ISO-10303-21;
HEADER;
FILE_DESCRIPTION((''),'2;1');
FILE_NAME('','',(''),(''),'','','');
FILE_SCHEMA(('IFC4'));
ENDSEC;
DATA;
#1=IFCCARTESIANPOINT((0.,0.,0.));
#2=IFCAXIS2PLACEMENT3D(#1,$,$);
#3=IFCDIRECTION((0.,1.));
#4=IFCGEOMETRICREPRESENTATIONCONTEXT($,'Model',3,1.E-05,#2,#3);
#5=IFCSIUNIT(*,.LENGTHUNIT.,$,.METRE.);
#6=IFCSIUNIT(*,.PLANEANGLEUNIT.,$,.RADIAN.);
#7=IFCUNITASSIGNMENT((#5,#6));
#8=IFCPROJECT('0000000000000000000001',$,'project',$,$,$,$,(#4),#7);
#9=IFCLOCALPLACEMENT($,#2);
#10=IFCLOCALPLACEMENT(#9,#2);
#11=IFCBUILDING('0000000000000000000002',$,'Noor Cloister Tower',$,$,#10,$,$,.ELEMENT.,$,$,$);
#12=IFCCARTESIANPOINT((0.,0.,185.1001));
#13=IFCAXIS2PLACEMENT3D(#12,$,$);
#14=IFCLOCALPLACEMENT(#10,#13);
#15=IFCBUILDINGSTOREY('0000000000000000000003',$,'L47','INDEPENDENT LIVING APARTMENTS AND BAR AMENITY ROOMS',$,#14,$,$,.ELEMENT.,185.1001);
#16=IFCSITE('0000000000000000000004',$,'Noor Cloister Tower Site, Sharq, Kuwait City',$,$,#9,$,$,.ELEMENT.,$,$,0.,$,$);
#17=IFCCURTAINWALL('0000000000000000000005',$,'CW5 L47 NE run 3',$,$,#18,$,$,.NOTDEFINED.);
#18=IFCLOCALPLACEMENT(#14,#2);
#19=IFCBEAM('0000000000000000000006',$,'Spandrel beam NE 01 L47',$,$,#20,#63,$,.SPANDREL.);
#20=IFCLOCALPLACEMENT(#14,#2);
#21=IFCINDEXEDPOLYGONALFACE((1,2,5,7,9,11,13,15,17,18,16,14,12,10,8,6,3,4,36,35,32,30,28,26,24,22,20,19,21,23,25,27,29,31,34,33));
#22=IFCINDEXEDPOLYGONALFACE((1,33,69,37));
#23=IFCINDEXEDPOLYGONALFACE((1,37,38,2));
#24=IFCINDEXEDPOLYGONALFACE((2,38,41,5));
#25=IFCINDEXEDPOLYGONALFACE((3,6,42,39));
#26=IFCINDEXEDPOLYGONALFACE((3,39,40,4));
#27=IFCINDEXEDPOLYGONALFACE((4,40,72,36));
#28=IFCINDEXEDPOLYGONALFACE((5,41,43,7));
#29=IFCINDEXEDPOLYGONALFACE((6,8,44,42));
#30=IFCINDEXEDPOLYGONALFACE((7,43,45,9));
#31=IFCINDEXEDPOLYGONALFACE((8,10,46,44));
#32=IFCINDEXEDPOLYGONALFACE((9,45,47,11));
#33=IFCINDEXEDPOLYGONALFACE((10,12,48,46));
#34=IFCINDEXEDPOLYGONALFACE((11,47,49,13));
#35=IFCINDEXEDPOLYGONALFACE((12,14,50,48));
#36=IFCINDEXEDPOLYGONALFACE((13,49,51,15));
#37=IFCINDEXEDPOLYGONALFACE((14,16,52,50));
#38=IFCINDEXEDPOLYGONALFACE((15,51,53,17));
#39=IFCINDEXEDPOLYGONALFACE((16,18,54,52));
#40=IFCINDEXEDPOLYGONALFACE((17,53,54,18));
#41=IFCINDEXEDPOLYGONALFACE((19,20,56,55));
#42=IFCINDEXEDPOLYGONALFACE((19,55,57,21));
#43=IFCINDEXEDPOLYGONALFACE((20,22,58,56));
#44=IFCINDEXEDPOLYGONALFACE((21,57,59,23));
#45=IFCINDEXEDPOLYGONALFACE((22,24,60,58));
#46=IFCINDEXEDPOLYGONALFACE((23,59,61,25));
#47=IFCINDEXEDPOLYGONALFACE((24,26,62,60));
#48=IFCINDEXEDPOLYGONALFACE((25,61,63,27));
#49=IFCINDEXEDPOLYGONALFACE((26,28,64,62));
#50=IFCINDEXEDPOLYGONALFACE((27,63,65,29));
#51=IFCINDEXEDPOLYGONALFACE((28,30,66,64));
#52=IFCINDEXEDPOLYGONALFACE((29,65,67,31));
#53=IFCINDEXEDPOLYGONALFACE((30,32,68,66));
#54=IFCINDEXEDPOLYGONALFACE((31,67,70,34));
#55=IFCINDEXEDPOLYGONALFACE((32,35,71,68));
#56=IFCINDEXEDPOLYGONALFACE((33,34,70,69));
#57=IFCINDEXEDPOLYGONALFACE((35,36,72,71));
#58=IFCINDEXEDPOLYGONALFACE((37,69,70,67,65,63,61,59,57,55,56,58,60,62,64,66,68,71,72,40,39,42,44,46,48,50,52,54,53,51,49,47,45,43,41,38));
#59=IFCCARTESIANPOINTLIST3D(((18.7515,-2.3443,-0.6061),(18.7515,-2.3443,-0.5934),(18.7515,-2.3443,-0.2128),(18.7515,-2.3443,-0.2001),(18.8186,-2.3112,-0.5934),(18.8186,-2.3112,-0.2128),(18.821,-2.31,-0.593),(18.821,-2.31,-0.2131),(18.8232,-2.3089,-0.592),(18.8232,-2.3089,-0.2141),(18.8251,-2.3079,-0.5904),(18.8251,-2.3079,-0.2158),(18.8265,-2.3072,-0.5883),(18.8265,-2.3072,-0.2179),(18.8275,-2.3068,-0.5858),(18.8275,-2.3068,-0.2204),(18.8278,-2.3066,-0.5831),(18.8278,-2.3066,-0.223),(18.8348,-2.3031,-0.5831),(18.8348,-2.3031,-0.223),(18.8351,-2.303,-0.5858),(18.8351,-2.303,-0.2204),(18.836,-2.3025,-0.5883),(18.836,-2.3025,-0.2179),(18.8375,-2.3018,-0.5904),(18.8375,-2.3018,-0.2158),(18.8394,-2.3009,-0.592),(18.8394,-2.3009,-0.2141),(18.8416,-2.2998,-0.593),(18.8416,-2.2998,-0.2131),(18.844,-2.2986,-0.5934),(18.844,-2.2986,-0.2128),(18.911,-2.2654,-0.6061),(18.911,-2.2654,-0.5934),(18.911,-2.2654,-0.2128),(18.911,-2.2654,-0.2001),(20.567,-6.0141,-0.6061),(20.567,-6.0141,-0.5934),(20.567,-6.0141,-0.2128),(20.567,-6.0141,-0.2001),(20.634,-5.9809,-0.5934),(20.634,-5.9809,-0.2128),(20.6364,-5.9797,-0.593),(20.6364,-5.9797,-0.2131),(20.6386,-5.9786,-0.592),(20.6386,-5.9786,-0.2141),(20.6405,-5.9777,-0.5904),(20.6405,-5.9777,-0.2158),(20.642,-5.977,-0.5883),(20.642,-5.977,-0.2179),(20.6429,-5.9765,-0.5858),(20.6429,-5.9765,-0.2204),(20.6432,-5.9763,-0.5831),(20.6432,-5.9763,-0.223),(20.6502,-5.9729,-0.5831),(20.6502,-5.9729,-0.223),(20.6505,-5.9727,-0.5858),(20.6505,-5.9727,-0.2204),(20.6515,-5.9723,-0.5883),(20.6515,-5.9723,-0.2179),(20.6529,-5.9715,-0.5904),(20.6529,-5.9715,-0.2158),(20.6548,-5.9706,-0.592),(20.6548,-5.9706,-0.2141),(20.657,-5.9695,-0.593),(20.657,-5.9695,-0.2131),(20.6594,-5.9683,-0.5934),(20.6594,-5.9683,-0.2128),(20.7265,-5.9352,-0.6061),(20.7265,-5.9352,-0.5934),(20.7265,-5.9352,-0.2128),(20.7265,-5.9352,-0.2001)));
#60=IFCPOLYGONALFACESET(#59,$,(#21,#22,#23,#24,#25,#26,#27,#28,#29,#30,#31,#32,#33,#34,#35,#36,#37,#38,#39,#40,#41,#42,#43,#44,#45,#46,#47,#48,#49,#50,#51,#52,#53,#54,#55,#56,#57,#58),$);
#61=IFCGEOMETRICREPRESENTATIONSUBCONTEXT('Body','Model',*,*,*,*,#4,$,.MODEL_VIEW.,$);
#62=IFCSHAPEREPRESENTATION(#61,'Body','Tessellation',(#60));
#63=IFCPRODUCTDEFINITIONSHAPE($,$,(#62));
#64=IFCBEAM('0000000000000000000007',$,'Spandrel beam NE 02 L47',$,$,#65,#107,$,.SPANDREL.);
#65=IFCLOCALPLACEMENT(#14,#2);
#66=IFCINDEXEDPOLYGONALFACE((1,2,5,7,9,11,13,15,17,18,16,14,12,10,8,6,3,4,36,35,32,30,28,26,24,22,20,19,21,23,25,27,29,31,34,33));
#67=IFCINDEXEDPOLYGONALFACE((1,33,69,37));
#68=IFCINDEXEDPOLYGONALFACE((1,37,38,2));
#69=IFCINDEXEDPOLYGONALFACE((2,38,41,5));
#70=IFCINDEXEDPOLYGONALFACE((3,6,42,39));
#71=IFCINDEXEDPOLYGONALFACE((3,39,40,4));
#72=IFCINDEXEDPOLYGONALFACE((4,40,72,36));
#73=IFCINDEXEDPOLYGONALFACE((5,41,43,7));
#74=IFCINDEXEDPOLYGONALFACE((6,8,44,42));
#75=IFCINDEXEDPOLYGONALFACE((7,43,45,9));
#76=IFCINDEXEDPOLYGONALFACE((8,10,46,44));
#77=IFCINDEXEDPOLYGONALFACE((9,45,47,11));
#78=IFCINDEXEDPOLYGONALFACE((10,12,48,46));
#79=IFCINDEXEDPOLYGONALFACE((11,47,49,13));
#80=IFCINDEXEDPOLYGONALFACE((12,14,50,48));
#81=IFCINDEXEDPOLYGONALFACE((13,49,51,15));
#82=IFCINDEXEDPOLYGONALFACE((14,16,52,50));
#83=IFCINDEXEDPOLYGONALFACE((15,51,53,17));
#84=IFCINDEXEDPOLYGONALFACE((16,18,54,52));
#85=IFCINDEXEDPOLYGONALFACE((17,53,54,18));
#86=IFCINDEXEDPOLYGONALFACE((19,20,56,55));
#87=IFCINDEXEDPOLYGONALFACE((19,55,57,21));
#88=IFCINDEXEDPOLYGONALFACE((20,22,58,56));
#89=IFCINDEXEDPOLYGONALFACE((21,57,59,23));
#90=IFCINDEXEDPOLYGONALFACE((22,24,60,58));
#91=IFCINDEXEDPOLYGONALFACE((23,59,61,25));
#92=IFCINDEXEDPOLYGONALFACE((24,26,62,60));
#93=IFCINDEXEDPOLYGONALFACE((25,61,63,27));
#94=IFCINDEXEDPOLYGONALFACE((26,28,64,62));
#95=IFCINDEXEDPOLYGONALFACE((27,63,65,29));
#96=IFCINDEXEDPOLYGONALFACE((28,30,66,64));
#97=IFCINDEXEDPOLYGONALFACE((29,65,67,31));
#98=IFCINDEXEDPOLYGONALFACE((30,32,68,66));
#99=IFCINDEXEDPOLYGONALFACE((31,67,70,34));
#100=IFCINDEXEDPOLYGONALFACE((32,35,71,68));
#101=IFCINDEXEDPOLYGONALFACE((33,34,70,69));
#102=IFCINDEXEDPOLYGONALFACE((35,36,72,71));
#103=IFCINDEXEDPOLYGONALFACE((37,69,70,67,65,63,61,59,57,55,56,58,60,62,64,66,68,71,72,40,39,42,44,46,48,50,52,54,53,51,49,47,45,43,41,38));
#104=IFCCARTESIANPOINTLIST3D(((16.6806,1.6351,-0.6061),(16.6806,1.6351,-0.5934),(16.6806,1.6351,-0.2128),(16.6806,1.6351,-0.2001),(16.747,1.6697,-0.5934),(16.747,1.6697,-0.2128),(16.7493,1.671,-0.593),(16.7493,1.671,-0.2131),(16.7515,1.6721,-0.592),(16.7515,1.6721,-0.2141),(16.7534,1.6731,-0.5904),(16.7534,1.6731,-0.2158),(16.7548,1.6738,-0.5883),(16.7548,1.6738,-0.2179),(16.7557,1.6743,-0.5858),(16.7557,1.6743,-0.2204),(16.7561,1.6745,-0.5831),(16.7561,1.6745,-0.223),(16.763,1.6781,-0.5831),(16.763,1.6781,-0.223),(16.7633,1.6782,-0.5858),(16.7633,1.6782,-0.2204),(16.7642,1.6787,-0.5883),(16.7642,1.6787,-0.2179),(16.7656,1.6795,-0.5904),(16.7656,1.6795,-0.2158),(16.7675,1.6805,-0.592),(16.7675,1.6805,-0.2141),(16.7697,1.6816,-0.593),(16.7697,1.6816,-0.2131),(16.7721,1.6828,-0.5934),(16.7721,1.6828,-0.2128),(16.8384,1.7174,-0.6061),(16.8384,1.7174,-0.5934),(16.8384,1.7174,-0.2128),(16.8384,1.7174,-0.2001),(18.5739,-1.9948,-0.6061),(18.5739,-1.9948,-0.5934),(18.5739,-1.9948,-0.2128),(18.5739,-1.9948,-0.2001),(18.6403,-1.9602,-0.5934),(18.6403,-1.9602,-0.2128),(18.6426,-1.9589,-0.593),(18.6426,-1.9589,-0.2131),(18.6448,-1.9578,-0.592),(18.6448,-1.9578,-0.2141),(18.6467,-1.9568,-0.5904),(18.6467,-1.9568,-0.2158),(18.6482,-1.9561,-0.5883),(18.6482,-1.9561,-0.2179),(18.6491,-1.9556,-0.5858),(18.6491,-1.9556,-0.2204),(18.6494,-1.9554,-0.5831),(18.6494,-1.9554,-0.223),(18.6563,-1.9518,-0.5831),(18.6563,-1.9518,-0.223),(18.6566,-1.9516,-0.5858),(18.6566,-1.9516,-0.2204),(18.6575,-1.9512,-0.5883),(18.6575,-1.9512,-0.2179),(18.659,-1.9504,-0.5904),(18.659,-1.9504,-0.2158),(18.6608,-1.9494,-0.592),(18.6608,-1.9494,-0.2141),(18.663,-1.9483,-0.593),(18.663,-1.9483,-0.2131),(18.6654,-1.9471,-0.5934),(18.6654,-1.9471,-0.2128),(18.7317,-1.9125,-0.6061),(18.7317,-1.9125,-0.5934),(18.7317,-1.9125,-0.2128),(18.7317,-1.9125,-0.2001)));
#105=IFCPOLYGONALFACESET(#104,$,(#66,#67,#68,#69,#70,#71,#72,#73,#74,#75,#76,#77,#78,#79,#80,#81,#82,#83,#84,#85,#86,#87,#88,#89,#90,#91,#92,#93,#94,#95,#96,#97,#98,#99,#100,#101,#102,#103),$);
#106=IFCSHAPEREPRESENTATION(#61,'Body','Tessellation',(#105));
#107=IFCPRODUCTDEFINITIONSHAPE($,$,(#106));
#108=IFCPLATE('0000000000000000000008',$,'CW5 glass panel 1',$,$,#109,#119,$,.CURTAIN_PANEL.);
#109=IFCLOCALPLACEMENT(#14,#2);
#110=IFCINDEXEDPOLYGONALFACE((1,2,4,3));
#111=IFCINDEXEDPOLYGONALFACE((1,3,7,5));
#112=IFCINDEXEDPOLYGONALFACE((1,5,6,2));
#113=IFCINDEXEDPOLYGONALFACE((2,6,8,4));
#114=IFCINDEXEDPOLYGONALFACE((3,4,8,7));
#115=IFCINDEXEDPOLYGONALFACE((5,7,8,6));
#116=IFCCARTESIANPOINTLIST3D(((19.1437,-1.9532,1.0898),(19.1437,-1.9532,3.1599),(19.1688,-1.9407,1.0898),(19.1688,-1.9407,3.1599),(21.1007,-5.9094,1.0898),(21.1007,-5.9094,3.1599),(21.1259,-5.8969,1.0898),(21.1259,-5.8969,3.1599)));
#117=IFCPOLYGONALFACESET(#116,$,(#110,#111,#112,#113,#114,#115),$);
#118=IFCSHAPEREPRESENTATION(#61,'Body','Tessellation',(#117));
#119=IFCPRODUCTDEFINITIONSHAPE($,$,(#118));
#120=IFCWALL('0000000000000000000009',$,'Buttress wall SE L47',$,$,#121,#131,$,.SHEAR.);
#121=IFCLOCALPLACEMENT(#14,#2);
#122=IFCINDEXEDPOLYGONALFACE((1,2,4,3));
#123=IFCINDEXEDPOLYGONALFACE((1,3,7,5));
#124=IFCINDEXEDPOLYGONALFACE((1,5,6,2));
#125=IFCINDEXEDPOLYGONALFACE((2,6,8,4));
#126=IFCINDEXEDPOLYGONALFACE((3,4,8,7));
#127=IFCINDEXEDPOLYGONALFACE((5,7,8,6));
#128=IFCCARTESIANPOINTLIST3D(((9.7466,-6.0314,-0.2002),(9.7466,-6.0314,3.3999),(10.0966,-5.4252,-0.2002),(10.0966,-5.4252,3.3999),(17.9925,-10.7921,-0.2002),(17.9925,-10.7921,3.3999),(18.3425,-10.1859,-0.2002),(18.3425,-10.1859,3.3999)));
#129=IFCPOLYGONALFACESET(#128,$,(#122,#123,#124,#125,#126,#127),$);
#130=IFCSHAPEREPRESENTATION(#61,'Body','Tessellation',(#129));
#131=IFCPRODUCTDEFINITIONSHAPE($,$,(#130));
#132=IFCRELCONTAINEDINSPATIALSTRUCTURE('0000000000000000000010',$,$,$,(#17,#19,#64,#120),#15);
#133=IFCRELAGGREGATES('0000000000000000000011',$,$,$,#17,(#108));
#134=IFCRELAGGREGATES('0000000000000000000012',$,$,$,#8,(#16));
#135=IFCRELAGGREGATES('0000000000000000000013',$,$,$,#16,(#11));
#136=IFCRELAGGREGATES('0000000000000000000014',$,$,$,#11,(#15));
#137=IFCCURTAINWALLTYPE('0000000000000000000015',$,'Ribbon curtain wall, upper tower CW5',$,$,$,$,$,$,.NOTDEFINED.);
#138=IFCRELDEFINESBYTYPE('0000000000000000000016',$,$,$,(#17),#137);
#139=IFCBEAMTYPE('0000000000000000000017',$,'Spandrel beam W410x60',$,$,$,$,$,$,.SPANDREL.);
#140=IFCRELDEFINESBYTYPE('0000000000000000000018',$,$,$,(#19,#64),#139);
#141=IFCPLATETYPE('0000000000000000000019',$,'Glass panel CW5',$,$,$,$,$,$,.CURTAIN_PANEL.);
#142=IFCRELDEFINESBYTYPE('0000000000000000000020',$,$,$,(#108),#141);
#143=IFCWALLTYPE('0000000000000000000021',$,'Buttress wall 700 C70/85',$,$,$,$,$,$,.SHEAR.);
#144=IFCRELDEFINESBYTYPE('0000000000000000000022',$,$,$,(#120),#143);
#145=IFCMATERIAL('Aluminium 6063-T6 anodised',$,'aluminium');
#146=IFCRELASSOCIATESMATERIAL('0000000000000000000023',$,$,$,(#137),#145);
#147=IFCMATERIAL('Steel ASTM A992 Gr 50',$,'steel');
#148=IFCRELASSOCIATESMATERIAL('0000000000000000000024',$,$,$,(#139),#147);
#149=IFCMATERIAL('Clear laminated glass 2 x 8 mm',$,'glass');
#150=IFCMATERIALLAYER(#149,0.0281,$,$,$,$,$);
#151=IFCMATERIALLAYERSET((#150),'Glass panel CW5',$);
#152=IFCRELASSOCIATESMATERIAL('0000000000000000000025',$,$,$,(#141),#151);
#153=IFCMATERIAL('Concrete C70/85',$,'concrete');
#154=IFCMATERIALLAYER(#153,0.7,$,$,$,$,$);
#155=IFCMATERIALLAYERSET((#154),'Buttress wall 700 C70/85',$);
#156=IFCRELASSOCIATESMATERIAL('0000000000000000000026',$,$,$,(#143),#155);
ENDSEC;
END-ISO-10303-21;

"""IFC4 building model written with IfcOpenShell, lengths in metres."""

from ifc_helpers import new_model, si_unit, direction, frame, frame_2d, origin, origin_2d, place, context, subcontext, project, spatial, rectangle, i_section, extrude, material, layer, layer_set, material_profile, profile_set, type_object, element, aggregate, save


model = new_model("IFC4")

# Units and contexts
model_context = context("Model", 3, precision=1e-05, world=origin(), true_north=direction((0.0, 1.0)))
body_context = subcontext(model_context, "Body", "Model", "MODEL_VIEW")
ifc_project = project(units=[si_unit("LENGTHUNIT", "METRE"), si_unit("PLANEANGLEUNIT", "RADIAN")], contexts=[model_context])

# Site, building, storey
site_placement = place(None, origin())
site = spatial("IfcSite", under=ifc_project, at=site_placement, Name="Noor Cloister Tower Site, Sharq, Kuwait City", CompositionType="ELEMENT", RefElevation=0.0)
building_placement = place(site_placement, origin())
building = spatial("IfcBuilding", under=site, at=building_placement, Name="Noor Cloister Tower", CompositionType="ELEMENT")
storey_placement = place(building_placement, frame((0.0, 0.0, 185.1001)))
storey = spatial("IfcBuildingStorey", under=building, at=storey_placement, Name="L47", Description="INDEPENDENT LIVING APARTMENTS AND BAR AMENITY ROOMS", CompositionType="ELEMENT", Elevation=185.1001)

# Curtain wall
ifc_material_1 = material(Name="Aluminium 6063-T6 anodised", Category="aluminium")
curtain_wall_type = type_object("IfcCurtainWallType", Name="Ribbon curtain wall, upper tower CW5", PredefinedType="NOTDEFINED", material=ifc_material_1)
curtain_wall_placement = place(storey_placement, origin())
curtain_wall = element("IfcCurtainWall", 1, at=curtain_wall_placement, inside=storey, type_object=curtain_wall_type, Name="CW5 L47 NE run 3", PredefinedType="NOTDEFINED")

# Beams
ifc_material_2 = material(Name="Steel ASTM A992 Gr 50", Category="steel")
ifc_material_profile_1 = material_profile(ifc_material_2, i_section(OverallWidth=0.178, OverallDepth=0.406, WebThickness=0.0078, FlangeThickness=0.0127, FilletRadius=0.0103, at=origin_2d()), Name="W410x60")
ifc_profile_set_1 = profile_set([ifc_material_profile_1], Name="Steel ASTM A992 Gr 50")
beam_type_1 = type_object("IfcBeamType", Name="Spandrel beam W410x60", PredefinedType="SPANDREL", material=ifc_profile_set_1)
beam_1_placement = place(storey_placement, frame((20.6467, -5.9746, -0.4031), z_axis=(-0.443417, 0.896315, 0.0), x_axis=(-0.896315, -0.443417, 0.0)))
element("IfcBeam", 2, at=beam_1_placement, inside=storey, type_object=beam_type_1, Name="Spandrel beam NE 01 L47", PredefinedType="SPANDREL", context=body_context, shape_type="SweptSolid", body=[
    extrude(i_section(OverallWidth=0.178, OverallDepth=0.406, WebThickness=0.0078, FlangeThickness=0.0127, FilletRadius=0.0103, at=origin_2d()), origin(), (0.0, 0.0, 1.0), 4.0942),
])
beam_2_placement = place(storey_placement, frame((18.6528, -1.9536, -0.4031), z_axis=(-0.462462, 0.886639, 0.0), x_axis=(-0.886639, -0.462462, 0.0)))
element("IfcBeam", 3, at=beam_2_placement, inside=storey, type_object=beam_type_1, Name="Spandrel beam NE 02 L47", PredefinedType="SPANDREL", context=body_context, shape_type="SweptSolid", body=[
    extrude(i_section(OverallWidth=0.178, OverallDepth=0.406, WebThickness=0.0078, FlangeThickness=0.0127, FilletRadius=0.0103, at=origin_2d()), origin(), (0.0, 0.0, 1.0), 4.094),
])

# Plate
ifc_material_3 = material(Name="Clear laminated glass 2 x 8 mm", Category="glass")
ifc_layer_1 = layer(ifc_material_3, 0.0281)
ifc_layer_set_1 = layer_set([ifc_layer_1], Name="Glass panel CW5")
plate_type = type_object("IfcPlateType", Name="Glass panel CW5", PredefinedType="CURTAIN_PANEL", material=ifc_layer_set_1)
plate_placement = place(storey_placement, frame((20.1348, -3.925, 1.0898), z_axis=(0.0, 0.0, 1.0), x_axis=(-0.443388, 0.89633, 0.0)))
plate = element("IfcPlate", 4, at=plate_placement, type_object=plate_type, Name="CW5 glass panel 1", PredefinedType="CURTAIN_PANEL", context=body_context, shape_type="SweptSolid", body=[
    extrude(rectangle(XDim=4.4138, YDim=0.0281, at=origin_2d()), origin(), (0.0, 0.0, 1.0), 2.0701),
])
aggregate(curtain_wall, [plate])

# Wall
ifc_material_4 = material(Name="Concrete C70/85", Category="concrete")
ifc_layer_2 = layer(ifc_material_4, 0.7)
ifc_layer_set_2 = layer_set([ifc_layer_2], Name="Buttress wall 700 C70/85")
wall_type_1 = type_object("IfcWallType", Name="Buttress wall 700 C70/85", PredefinedType="SHEAR", material=ifc_layer_set_2)
wall_1_placement = place(storey_placement, frame((9.9216, -5.7283, -0.2002), z_axis=(0.0, 0.0, 1.0), x_axis=(0.866025, -0.5, 0.0)))
element("IfcWall", 5, at=wall_1_placement, inside=storey, type_object=wall_type_1, Name="Buttress wall SE L47", PredefinedType="SHEAR", context=body_context, shape_type="SweptSolid", body=[
    extrude(rectangle(XDim=9.5215, YDim=0.7, at=frame_2d((4.7607, 0.0))), origin(), (0.0, 0.0, 1.0), 3.6001),
])

save(model, "model.ifc")
